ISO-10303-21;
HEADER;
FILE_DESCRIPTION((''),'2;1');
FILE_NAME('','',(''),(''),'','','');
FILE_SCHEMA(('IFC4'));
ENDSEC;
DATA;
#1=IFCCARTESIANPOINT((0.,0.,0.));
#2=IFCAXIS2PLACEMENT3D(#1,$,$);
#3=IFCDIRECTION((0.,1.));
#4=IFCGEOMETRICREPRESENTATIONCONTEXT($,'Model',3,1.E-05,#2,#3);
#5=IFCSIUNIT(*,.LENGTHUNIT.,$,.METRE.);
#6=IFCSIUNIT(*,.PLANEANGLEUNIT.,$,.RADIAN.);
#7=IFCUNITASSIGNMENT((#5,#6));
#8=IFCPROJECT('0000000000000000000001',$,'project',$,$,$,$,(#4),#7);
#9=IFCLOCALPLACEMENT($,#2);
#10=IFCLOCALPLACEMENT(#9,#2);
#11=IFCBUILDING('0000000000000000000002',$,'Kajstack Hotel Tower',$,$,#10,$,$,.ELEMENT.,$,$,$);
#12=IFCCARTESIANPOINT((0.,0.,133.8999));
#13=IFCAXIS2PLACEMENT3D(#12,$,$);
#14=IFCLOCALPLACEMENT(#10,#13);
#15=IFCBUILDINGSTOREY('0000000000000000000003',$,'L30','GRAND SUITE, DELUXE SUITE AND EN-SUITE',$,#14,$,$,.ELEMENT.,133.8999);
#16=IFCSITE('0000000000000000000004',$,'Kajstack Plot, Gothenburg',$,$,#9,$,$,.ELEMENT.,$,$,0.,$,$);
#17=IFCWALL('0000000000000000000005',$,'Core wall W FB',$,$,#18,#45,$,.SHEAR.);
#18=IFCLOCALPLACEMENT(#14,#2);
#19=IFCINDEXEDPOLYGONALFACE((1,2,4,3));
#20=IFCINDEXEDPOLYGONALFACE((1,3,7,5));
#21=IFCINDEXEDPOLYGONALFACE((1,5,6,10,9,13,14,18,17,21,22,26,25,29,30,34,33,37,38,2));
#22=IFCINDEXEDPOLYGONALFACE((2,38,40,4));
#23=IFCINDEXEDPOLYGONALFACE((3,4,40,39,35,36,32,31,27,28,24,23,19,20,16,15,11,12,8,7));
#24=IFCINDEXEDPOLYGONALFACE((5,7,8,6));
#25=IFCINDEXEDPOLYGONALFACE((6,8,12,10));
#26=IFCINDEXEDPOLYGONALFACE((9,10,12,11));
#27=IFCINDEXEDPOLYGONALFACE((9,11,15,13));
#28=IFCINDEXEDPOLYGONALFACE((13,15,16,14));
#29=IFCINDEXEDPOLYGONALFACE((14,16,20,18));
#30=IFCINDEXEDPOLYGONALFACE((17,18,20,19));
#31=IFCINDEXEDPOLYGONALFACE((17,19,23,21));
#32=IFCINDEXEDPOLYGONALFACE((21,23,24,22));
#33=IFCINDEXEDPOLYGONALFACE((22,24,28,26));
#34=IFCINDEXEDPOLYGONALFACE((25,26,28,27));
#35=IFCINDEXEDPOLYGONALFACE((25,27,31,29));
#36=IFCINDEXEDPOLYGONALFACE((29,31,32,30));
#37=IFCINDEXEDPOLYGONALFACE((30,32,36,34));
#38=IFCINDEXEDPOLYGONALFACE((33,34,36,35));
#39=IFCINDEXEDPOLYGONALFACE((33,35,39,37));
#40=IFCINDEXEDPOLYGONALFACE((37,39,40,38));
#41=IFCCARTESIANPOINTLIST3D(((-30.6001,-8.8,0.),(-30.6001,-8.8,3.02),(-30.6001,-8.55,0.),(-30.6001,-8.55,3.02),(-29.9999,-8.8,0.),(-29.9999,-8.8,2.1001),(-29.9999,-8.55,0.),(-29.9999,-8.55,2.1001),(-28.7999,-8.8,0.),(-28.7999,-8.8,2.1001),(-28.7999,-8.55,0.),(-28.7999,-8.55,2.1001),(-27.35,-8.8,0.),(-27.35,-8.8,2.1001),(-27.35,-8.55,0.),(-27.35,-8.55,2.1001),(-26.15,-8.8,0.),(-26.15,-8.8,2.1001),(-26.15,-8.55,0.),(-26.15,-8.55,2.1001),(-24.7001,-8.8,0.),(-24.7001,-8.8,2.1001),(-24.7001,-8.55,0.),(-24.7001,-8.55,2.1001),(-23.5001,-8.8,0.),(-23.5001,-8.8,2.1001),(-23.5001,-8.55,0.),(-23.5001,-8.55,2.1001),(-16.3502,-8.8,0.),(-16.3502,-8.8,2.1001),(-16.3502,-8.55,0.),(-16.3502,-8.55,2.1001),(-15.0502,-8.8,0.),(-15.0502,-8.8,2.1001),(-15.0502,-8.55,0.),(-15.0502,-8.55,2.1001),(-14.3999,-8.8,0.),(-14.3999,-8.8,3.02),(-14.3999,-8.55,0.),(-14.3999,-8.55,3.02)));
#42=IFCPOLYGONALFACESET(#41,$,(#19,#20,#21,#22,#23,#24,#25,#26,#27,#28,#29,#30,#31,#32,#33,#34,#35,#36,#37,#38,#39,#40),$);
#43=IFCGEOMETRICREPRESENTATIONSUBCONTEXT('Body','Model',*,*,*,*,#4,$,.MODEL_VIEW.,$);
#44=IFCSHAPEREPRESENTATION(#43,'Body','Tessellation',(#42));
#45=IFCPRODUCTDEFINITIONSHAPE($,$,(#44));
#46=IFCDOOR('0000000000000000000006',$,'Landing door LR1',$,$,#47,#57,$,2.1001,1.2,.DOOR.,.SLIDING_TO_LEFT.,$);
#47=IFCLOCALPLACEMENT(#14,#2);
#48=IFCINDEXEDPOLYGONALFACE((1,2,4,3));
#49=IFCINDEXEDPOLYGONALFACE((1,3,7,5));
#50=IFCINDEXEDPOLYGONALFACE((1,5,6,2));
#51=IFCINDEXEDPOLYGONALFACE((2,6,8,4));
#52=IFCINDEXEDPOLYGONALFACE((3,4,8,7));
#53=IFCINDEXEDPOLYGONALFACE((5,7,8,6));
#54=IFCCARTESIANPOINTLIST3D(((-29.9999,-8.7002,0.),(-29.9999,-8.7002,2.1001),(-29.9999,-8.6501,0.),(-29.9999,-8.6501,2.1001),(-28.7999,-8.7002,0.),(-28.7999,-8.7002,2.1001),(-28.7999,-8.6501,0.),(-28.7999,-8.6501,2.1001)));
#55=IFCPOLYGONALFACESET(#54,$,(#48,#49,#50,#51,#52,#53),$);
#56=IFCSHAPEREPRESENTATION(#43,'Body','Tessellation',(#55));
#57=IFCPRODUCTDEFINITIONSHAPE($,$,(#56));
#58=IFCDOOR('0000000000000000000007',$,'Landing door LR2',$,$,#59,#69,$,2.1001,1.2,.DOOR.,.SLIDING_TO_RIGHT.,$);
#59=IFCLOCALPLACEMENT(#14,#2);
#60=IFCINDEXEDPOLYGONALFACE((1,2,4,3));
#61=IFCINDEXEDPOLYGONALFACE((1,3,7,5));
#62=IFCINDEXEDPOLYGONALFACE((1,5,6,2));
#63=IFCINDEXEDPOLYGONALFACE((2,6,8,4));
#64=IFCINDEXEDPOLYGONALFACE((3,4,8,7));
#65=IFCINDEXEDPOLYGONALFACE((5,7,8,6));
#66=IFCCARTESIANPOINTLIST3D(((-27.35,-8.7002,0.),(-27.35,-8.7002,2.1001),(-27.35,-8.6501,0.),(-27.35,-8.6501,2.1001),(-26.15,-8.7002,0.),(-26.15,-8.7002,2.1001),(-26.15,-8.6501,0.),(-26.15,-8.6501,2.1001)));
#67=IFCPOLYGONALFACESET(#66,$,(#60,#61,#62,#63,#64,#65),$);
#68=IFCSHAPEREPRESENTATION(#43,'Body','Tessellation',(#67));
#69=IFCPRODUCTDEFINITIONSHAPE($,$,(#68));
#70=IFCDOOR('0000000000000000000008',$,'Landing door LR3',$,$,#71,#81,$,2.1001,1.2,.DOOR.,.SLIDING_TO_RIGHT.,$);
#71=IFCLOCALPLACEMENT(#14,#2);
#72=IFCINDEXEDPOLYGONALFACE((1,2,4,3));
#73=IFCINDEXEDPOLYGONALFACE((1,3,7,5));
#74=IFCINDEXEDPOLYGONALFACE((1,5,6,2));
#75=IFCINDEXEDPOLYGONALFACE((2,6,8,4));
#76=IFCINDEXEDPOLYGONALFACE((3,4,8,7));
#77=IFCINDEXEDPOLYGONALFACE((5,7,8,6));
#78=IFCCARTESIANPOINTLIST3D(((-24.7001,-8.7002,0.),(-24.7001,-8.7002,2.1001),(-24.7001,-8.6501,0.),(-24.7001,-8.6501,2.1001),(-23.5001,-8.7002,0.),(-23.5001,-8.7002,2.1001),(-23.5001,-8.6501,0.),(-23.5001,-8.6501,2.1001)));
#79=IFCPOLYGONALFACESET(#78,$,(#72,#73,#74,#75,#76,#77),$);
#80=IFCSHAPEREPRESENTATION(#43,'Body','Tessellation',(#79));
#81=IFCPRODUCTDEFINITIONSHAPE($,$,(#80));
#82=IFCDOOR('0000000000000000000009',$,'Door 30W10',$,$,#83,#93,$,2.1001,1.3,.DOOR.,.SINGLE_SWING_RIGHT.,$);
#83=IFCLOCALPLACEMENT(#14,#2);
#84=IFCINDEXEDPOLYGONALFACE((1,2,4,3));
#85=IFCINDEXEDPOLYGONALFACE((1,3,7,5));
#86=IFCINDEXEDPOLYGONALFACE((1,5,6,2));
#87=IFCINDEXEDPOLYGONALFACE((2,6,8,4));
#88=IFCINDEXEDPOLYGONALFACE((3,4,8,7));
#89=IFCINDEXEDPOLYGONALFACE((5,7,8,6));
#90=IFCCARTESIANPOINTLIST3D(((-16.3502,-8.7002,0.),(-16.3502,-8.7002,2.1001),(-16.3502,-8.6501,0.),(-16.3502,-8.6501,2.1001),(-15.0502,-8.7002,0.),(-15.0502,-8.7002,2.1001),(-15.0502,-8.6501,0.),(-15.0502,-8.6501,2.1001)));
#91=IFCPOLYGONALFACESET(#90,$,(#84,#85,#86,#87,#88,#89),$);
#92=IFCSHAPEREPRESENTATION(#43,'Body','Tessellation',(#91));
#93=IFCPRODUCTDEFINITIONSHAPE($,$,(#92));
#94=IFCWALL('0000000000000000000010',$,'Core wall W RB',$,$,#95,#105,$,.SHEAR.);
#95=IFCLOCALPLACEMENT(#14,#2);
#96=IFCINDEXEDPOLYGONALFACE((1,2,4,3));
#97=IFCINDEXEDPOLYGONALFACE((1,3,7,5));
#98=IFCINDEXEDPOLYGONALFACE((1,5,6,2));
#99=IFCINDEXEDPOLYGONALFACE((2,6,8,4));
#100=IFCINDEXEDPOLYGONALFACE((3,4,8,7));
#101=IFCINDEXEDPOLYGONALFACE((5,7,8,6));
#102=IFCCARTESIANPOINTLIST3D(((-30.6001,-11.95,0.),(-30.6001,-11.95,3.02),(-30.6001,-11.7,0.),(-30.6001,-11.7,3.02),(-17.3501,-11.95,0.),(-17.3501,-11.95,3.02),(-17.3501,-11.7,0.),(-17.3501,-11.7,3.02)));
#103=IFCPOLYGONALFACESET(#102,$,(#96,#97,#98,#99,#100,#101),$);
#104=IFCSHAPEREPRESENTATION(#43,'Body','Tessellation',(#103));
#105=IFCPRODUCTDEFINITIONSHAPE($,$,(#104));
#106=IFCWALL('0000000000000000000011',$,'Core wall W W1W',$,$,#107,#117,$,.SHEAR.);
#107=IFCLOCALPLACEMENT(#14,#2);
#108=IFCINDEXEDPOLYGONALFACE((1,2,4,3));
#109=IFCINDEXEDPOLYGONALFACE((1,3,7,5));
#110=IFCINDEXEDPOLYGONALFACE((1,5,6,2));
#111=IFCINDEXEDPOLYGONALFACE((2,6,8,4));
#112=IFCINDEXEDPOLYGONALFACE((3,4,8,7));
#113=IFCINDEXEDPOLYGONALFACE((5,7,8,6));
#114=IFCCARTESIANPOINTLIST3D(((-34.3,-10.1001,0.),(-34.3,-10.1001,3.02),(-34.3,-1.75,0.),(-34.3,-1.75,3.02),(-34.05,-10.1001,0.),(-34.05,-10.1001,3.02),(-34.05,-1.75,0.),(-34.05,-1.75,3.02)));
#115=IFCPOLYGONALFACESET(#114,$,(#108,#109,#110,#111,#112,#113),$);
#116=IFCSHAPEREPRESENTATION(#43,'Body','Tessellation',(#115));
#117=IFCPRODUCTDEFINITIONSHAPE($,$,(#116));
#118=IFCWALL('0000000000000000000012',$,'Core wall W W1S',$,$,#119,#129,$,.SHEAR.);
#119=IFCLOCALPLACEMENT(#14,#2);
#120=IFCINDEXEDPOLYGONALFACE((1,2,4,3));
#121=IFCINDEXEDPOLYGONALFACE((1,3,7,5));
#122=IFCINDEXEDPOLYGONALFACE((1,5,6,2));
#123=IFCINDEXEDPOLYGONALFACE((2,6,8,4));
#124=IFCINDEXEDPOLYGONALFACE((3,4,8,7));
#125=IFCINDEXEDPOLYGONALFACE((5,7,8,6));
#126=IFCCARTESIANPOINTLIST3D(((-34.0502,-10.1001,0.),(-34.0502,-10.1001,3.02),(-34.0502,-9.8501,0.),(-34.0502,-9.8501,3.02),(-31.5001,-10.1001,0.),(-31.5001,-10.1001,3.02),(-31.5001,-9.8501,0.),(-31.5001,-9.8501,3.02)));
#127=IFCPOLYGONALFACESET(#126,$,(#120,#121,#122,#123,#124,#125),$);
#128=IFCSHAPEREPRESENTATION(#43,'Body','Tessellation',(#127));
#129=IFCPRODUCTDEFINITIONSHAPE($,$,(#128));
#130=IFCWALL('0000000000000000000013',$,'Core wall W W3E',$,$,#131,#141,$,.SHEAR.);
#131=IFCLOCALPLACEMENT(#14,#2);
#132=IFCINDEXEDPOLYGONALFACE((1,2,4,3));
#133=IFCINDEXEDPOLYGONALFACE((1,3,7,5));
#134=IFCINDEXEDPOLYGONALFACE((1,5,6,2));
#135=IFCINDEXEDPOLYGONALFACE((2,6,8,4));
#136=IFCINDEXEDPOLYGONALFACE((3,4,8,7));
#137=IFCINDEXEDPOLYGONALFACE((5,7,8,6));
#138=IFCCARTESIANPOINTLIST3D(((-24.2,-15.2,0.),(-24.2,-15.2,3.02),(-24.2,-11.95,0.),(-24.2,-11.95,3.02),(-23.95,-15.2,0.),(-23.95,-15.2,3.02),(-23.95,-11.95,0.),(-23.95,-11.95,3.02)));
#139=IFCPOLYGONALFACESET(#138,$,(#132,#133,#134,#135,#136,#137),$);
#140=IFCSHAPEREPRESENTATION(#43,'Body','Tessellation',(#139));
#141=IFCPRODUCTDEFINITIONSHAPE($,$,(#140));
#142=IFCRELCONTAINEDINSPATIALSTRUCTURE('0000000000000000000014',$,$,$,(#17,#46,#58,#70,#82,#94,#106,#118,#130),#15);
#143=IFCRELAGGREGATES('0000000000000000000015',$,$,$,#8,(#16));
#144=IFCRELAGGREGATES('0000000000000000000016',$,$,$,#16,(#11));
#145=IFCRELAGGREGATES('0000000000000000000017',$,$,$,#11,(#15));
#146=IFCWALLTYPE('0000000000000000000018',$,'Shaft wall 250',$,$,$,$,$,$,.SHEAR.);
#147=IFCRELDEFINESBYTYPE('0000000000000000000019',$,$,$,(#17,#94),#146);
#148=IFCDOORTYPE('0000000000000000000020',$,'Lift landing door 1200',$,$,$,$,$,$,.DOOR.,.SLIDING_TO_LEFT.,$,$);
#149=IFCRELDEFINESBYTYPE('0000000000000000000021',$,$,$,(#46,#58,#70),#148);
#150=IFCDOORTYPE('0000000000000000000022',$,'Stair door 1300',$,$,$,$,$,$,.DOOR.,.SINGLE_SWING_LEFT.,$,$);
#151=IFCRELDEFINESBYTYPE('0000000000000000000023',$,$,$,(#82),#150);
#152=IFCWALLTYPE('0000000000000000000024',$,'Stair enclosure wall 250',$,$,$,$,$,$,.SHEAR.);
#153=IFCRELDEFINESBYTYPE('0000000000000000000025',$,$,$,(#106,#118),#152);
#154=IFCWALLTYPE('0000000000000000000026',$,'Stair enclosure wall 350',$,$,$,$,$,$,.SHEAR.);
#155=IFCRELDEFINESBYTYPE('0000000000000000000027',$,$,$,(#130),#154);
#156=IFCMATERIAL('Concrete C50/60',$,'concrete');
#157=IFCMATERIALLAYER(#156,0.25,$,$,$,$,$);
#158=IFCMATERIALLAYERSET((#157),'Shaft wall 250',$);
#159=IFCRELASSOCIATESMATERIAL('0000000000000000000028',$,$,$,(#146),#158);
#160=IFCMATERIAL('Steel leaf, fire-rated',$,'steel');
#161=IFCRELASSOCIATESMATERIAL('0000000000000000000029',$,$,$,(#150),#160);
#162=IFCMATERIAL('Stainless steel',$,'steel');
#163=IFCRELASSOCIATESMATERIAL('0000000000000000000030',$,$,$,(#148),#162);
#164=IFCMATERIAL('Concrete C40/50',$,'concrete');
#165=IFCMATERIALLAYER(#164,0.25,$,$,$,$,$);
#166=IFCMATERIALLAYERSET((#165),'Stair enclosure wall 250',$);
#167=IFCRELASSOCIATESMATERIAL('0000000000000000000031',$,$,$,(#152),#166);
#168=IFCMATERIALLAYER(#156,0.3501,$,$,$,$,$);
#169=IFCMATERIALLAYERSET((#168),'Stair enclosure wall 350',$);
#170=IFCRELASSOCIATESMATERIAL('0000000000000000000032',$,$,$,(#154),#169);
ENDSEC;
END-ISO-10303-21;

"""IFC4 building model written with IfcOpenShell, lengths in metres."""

from ifc_helpers import new_model, si_unit, direction, frame, frame_2d, origin, place, context, subcontext, project, spatial, rectangle, extrude, material, layer, layer_set, type_object, element, fill, save


model = new_model("IFC4")

# Units and contexts
model_context = context("Model", 3, precision=1e-05, world=origin(), true_north=direction((0.0, 1.0)))
body_context = subcontext(model_context, "Body", "Model", "MODEL_VIEW")
ifc_project = project(units=[si_unit("LENGTHUNIT", "METRE"), si_unit("PLANEANGLEUNIT", "RADIAN")], contexts=[model_context])

# Site, building, storey
site_placement = place(None, origin())
site = spatial("IfcSite", under=ifc_project, at=site_placement, Name="Kajstack Plot, Gothenburg", CompositionType="ELEMENT", RefElevation=0.0)
building_placement = place(site_placement, origin())
building = spatial("IfcBuilding", under=site, at=building_placement, Name="Kajstack Hotel Tower", CompositionType="ELEMENT")
storey_placement = place(building_placement, frame((0.0, 0.0, 133.8999)))
storey = spatial("IfcBuildingStorey", under=building, at=storey_placement, Name="L30", Description="GRAND SUITE, DELUXE SUITE AND EN-SUITE", CompositionType="ELEMENT", Elevation=133.8999)

# Shared definitions
ifc_material_1 = material(Name="Stainless steel", Category="steel")

# Shared definitions
ifc_material_2 = material(Name="Concrete C40/50", Category="concrete")

# Wall, openings, doors
ifc_material_3 = material(Name="Concrete C50/60", Category="concrete")
ifc_layer_1 = layer(ifc_material_3, 0.25)
ifc_layer_set_1 = layer_set([ifc_layer_1], Name="Shaft wall 250")
wall_type_1 = type_object("IfcWallType", Name="Shaft wall 250", PredefinedType="SHEAR", material=ifc_layer_set_1)
ifc_material_4 = material(Name="Steel leaf, fire-rated", Category="steel")
door_type_1 = type_object("IfcDoorType", Name="Stair door 1300", OperationType="SINGLE_SWING_LEFT", PredefinedType="DOOR", material=ifc_material_4)
wall_1_placement = place(storey_placement, frame((-30.6001, -8.675, 0.0), z_axis=(0.0, 0.0, 1.0), x_axis=(1.0, 0.0, 0.0)))
wall_1 = element("IfcWall", 1, at=wall_1_placement, inside=storey, type_object=wall_type_1, Name="Core wall W FB", PredefinedType="SHEAR", context=body_context, shape_type="SweptSolid", body=[
    extrude(rectangle(XDim=16.2002, YDim=0.25, at=frame_2d((8.1001, 0.0))), origin(), (0.0, 0.0, 1.0), 3.02),
])
opening_1_placement = place(wall_1_placement, frame((0.6001, 0.0, 0.0)))
opening_1 = element("IfcOpeningElement", 2, at=opening_1_placement, cuts=wall_1, PredefinedType="OPENING", context=body_context, shape_type="SweptSolid", body=[
    extrude(rectangle(XDim=1.2, YDim=2.1001, at=frame_2d((0.6001, 1.05))), frame((0.0, 0.135, 0.0), z_axis=(0.0, -1.0, 0.0), x_axis=(1.0, 0.0, 0.0)), (0.0, 0.0, 1.0), 0.27),
])
opening_2_placement = place(wall_1_placement, frame((3.25, 0.0, 0.0)))
opening_2 = element("IfcOpeningElement", 3, at=opening_2_placement, cuts=wall_1, PredefinedType="OPENING", context=body_context, shape_type="SweptSolid", body=[
    extrude(rectangle(XDim=1.2, YDim=2.1001, at=frame_2d((0.6001, 1.05))), frame((0.0, 0.135, 0.0), z_axis=(0.0, -1.0, 0.0), x_axis=(1.0, 0.0, 0.0)), (0.0, 0.0, 1.0), 0.27),
])
opening_3_placement = place(wall_1_placement, frame((5.8999, 0.0, 0.0)))
opening_3 = element("IfcOpeningElement", 4, at=opening_3_placement, cuts=wall_1, PredefinedType="OPENING", context=body_context, shape_type="SweptSolid", body=[
    extrude(rectangle(XDim=1.2, YDim=2.1001, at=frame_2d((0.6001, 1.05))), frame((0.0, 0.135, 0.0), z_axis=(0.0, -1.0, 0.0), x_axis=(1.0, 0.0, 0.0)), (0.0, 0.0, 1.0), 0.27),
])
opening_4_placement = place(wall_1_placement, frame((14.25, 0.0, 0.0)))
opening_4 = element("IfcOpeningElement", 5, at=opening_4_placement, cuts=wall_1, PredefinedType="OPENING", context=body_context, shape_type="SweptSolid", body=[
    extrude(rectangle(XDim=1.3, YDim=2.1001, at=frame_2d((0.6499, 1.05))), frame((0.0, 0.135, 0.0), z_axis=(0.0, -1.0, 0.0), x_axis=(1.0, 0.0, 0.0)), (0.0, 0.0, 1.0), 0.27),
])
door_type_2 = type_object("IfcDoorType", Name="Lift landing door 1200", OperationType="SLIDING_TO_LEFT", PredefinedType="DOOR", material=ifc_material_1)
door_1_placement = place(opening_1_placement, origin())
door_1 = element("IfcDoor", 6, at=door_1_placement, inside=storey, type_object=door_type_2, Name="Landing door LR1", OperationType="SLIDING_TO_LEFT", OverallHeight=2.1001, OverallWidth=1.2, PredefinedType="DOOR", context=body_context, shape_type="SweptSolid", body=[
    extrude(rectangle(XDim=1.2, YDim=2.1001, at=frame_2d((0.6001, 1.05))), frame((0.0, 0.0249, 0.0), z_axis=(0.0, -1.0, 0.0), x_axis=(1.0, 0.0, 0.0)), (0.0, 0.0, 1.0), 0.05),
])
fill(opening_1, door_1)
door_2_placement = place(opening_2_placement, origin())
door_2 = element("IfcDoor", 7, at=door_2_placement, inside=storey, type_object=door_type_2, Name="Landing door LR2", OperationType="SLIDING_TO_RIGHT", OverallHeight=2.1001, OverallWidth=1.2, PredefinedType="DOOR", context=body_context, shape_type="SweptSolid", body=[
    extrude(rectangle(XDim=1.2, YDim=2.1001, at=frame_2d((0.6001, 1.05))), frame((0.0, 0.0249, 0.0), z_axis=(0.0, -1.0, 0.0), x_axis=(1.0, 0.0, 0.0)), (0.0, 0.0, 1.0), 0.05),
])
fill(opening_2, door_2)
door_3_placement = place(opening_3_placement, origin())
door_3 = element("IfcDoor", 8, at=door_3_placement, inside=storey, type_object=door_type_2, Name="Landing door LR3", OperationType="SLIDING_TO_RIGHT", OverallHeight=2.1001, OverallWidth=1.2, PredefinedType="DOOR", context=body_context, shape_type="SweptSolid", body=[
    extrude(rectangle(XDim=1.2, YDim=2.1001, at=frame_2d((0.6001, 1.05))), frame((0.0, 0.0249, 0.0), z_axis=(0.0, -1.0, 0.0), x_axis=(1.0, 0.0, 0.0)), (0.0, 0.0, 1.0), 0.05),
])
fill(opening_3, door_3)
door_4_placement = place(opening_4_placement, origin())
door_4 = element("IfcDoor", 9, at=door_4_placement, inside=storey, type_object=door_type_1, Name="Door 30W10", OperationType="SINGLE_SWING_RIGHT", OverallHeight=2.1001, OverallWidth=1.3, PredefinedType="DOOR", context=body_context, shape_type="SweptSolid", body=[
    extrude(rectangle(XDim=1.3, YDim=2.1001, at=frame_2d((0.6499, 1.05))), frame((0.0, 0.0249, 0.0), z_axis=(0.0, -1.0, 0.0), x_axis=(1.0, 0.0, 0.0)), (0.0, 0.0, 1.0), 0.05),
])
fill(opening_4, door_4)

# Walls
wall_2_placement = place(storey_placement, frame((-30.6001, -11.825, 0.0), z_axis=(0.0, 0.0, 1.0), x_axis=(1.0, 0.0, 0.0)))
element("IfcWall", 10, at=wall_2_placement, inside=storey, type_object=wall_type_1, Name="Core wall W RB", PredefinedType="SHEAR", context=body_context, shape_type="SweptSolid", body=[
    extrude(rectangle(XDim=13.25, YDim=0.25, at=frame_2d((6.625, 0.0))), origin(), (0.0, 0.0, 1.0), 3.02),
])
ifc_layer_2 = layer(ifc_material_2, 0.25)
ifc_layer_set_2 = layer_set([ifc_layer_2], Name="Stair enclosure wall 250")
wall_type_2 = type_object("IfcWallType", Name="Stair enclosure wall 250", PredefinedType="SHEAR", material=ifc_layer_set_2)
wall_3_placement = place(storey_placement, frame((-34.175, -10.1001, 0.0), z_axis=(0.0, 0.0, 1.0), x_axis=(0.0, 1.0, 0.0)))
element("IfcWall", 11, at=wall_3_placement, inside=storey, type_object=wall_type_2, Name="Core wall W W1W", PredefinedType="SHEAR", context=body_context, shape_type="SweptSolid", body=[
    extrude(rectangle(XDim=8.3501, YDim=0.25, at=frame_2d((4.175, 0.0))), origin(), (0.0, 0.0, 1.0), 3.02),
])
wall_4_placement = place(storey_placement, frame((-34.05, -9.9751, 0.0), z_axis=(0.0, 0.0, 1.0), x_axis=(1.0, 0.0, 0.0)))
element("IfcWall", 12, at=wall_4_placement, inside=storey, type_object=wall_type_2, Name="Core wall W W1S", PredefinedType="SHEAR", context=body_context, shape_type="SweptSolid", body=[
    extrude(rectangle(XDim=2.55, YDim=0.25, at=frame_2d((1.2749, 0.0))), origin(), (0.0, 0.0, 1.0), 3.02),
])
ifc_layer_3 = layer(ifc_material_3, 0.3501)
ifc_layer_set_3 = layer_set([ifc_layer_3], Name="Stair enclosure wall 350")
wall_type_3 = type_object("IfcWallType", Name="Stair enclosure wall 350", PredefinedType="SHEAR", material=ifc_layer_set_3)
wall_5_placement = place(storey_placement, frame((-24.075, -15.2, 0.0), z_axis=(0.0, 0.0, 1.0), x_axis=(0.0, 1.0, 0.0)))
element("IfcWall", 13, at=wall_5_placement, inside=storey, type_object=wall_type_3, Name="Core wall W W3E", PredefinedType="SHEAR", context=body_context, shape_type="SweptSolid", body=[
    extrude(rectangle(XDim=3.25, YDim=0.25, at=frame_2d((1.625, 0.0))), origin(), (0.0, 0.0, 1.0), 3.02),
])

save(model, "model.ifc")
